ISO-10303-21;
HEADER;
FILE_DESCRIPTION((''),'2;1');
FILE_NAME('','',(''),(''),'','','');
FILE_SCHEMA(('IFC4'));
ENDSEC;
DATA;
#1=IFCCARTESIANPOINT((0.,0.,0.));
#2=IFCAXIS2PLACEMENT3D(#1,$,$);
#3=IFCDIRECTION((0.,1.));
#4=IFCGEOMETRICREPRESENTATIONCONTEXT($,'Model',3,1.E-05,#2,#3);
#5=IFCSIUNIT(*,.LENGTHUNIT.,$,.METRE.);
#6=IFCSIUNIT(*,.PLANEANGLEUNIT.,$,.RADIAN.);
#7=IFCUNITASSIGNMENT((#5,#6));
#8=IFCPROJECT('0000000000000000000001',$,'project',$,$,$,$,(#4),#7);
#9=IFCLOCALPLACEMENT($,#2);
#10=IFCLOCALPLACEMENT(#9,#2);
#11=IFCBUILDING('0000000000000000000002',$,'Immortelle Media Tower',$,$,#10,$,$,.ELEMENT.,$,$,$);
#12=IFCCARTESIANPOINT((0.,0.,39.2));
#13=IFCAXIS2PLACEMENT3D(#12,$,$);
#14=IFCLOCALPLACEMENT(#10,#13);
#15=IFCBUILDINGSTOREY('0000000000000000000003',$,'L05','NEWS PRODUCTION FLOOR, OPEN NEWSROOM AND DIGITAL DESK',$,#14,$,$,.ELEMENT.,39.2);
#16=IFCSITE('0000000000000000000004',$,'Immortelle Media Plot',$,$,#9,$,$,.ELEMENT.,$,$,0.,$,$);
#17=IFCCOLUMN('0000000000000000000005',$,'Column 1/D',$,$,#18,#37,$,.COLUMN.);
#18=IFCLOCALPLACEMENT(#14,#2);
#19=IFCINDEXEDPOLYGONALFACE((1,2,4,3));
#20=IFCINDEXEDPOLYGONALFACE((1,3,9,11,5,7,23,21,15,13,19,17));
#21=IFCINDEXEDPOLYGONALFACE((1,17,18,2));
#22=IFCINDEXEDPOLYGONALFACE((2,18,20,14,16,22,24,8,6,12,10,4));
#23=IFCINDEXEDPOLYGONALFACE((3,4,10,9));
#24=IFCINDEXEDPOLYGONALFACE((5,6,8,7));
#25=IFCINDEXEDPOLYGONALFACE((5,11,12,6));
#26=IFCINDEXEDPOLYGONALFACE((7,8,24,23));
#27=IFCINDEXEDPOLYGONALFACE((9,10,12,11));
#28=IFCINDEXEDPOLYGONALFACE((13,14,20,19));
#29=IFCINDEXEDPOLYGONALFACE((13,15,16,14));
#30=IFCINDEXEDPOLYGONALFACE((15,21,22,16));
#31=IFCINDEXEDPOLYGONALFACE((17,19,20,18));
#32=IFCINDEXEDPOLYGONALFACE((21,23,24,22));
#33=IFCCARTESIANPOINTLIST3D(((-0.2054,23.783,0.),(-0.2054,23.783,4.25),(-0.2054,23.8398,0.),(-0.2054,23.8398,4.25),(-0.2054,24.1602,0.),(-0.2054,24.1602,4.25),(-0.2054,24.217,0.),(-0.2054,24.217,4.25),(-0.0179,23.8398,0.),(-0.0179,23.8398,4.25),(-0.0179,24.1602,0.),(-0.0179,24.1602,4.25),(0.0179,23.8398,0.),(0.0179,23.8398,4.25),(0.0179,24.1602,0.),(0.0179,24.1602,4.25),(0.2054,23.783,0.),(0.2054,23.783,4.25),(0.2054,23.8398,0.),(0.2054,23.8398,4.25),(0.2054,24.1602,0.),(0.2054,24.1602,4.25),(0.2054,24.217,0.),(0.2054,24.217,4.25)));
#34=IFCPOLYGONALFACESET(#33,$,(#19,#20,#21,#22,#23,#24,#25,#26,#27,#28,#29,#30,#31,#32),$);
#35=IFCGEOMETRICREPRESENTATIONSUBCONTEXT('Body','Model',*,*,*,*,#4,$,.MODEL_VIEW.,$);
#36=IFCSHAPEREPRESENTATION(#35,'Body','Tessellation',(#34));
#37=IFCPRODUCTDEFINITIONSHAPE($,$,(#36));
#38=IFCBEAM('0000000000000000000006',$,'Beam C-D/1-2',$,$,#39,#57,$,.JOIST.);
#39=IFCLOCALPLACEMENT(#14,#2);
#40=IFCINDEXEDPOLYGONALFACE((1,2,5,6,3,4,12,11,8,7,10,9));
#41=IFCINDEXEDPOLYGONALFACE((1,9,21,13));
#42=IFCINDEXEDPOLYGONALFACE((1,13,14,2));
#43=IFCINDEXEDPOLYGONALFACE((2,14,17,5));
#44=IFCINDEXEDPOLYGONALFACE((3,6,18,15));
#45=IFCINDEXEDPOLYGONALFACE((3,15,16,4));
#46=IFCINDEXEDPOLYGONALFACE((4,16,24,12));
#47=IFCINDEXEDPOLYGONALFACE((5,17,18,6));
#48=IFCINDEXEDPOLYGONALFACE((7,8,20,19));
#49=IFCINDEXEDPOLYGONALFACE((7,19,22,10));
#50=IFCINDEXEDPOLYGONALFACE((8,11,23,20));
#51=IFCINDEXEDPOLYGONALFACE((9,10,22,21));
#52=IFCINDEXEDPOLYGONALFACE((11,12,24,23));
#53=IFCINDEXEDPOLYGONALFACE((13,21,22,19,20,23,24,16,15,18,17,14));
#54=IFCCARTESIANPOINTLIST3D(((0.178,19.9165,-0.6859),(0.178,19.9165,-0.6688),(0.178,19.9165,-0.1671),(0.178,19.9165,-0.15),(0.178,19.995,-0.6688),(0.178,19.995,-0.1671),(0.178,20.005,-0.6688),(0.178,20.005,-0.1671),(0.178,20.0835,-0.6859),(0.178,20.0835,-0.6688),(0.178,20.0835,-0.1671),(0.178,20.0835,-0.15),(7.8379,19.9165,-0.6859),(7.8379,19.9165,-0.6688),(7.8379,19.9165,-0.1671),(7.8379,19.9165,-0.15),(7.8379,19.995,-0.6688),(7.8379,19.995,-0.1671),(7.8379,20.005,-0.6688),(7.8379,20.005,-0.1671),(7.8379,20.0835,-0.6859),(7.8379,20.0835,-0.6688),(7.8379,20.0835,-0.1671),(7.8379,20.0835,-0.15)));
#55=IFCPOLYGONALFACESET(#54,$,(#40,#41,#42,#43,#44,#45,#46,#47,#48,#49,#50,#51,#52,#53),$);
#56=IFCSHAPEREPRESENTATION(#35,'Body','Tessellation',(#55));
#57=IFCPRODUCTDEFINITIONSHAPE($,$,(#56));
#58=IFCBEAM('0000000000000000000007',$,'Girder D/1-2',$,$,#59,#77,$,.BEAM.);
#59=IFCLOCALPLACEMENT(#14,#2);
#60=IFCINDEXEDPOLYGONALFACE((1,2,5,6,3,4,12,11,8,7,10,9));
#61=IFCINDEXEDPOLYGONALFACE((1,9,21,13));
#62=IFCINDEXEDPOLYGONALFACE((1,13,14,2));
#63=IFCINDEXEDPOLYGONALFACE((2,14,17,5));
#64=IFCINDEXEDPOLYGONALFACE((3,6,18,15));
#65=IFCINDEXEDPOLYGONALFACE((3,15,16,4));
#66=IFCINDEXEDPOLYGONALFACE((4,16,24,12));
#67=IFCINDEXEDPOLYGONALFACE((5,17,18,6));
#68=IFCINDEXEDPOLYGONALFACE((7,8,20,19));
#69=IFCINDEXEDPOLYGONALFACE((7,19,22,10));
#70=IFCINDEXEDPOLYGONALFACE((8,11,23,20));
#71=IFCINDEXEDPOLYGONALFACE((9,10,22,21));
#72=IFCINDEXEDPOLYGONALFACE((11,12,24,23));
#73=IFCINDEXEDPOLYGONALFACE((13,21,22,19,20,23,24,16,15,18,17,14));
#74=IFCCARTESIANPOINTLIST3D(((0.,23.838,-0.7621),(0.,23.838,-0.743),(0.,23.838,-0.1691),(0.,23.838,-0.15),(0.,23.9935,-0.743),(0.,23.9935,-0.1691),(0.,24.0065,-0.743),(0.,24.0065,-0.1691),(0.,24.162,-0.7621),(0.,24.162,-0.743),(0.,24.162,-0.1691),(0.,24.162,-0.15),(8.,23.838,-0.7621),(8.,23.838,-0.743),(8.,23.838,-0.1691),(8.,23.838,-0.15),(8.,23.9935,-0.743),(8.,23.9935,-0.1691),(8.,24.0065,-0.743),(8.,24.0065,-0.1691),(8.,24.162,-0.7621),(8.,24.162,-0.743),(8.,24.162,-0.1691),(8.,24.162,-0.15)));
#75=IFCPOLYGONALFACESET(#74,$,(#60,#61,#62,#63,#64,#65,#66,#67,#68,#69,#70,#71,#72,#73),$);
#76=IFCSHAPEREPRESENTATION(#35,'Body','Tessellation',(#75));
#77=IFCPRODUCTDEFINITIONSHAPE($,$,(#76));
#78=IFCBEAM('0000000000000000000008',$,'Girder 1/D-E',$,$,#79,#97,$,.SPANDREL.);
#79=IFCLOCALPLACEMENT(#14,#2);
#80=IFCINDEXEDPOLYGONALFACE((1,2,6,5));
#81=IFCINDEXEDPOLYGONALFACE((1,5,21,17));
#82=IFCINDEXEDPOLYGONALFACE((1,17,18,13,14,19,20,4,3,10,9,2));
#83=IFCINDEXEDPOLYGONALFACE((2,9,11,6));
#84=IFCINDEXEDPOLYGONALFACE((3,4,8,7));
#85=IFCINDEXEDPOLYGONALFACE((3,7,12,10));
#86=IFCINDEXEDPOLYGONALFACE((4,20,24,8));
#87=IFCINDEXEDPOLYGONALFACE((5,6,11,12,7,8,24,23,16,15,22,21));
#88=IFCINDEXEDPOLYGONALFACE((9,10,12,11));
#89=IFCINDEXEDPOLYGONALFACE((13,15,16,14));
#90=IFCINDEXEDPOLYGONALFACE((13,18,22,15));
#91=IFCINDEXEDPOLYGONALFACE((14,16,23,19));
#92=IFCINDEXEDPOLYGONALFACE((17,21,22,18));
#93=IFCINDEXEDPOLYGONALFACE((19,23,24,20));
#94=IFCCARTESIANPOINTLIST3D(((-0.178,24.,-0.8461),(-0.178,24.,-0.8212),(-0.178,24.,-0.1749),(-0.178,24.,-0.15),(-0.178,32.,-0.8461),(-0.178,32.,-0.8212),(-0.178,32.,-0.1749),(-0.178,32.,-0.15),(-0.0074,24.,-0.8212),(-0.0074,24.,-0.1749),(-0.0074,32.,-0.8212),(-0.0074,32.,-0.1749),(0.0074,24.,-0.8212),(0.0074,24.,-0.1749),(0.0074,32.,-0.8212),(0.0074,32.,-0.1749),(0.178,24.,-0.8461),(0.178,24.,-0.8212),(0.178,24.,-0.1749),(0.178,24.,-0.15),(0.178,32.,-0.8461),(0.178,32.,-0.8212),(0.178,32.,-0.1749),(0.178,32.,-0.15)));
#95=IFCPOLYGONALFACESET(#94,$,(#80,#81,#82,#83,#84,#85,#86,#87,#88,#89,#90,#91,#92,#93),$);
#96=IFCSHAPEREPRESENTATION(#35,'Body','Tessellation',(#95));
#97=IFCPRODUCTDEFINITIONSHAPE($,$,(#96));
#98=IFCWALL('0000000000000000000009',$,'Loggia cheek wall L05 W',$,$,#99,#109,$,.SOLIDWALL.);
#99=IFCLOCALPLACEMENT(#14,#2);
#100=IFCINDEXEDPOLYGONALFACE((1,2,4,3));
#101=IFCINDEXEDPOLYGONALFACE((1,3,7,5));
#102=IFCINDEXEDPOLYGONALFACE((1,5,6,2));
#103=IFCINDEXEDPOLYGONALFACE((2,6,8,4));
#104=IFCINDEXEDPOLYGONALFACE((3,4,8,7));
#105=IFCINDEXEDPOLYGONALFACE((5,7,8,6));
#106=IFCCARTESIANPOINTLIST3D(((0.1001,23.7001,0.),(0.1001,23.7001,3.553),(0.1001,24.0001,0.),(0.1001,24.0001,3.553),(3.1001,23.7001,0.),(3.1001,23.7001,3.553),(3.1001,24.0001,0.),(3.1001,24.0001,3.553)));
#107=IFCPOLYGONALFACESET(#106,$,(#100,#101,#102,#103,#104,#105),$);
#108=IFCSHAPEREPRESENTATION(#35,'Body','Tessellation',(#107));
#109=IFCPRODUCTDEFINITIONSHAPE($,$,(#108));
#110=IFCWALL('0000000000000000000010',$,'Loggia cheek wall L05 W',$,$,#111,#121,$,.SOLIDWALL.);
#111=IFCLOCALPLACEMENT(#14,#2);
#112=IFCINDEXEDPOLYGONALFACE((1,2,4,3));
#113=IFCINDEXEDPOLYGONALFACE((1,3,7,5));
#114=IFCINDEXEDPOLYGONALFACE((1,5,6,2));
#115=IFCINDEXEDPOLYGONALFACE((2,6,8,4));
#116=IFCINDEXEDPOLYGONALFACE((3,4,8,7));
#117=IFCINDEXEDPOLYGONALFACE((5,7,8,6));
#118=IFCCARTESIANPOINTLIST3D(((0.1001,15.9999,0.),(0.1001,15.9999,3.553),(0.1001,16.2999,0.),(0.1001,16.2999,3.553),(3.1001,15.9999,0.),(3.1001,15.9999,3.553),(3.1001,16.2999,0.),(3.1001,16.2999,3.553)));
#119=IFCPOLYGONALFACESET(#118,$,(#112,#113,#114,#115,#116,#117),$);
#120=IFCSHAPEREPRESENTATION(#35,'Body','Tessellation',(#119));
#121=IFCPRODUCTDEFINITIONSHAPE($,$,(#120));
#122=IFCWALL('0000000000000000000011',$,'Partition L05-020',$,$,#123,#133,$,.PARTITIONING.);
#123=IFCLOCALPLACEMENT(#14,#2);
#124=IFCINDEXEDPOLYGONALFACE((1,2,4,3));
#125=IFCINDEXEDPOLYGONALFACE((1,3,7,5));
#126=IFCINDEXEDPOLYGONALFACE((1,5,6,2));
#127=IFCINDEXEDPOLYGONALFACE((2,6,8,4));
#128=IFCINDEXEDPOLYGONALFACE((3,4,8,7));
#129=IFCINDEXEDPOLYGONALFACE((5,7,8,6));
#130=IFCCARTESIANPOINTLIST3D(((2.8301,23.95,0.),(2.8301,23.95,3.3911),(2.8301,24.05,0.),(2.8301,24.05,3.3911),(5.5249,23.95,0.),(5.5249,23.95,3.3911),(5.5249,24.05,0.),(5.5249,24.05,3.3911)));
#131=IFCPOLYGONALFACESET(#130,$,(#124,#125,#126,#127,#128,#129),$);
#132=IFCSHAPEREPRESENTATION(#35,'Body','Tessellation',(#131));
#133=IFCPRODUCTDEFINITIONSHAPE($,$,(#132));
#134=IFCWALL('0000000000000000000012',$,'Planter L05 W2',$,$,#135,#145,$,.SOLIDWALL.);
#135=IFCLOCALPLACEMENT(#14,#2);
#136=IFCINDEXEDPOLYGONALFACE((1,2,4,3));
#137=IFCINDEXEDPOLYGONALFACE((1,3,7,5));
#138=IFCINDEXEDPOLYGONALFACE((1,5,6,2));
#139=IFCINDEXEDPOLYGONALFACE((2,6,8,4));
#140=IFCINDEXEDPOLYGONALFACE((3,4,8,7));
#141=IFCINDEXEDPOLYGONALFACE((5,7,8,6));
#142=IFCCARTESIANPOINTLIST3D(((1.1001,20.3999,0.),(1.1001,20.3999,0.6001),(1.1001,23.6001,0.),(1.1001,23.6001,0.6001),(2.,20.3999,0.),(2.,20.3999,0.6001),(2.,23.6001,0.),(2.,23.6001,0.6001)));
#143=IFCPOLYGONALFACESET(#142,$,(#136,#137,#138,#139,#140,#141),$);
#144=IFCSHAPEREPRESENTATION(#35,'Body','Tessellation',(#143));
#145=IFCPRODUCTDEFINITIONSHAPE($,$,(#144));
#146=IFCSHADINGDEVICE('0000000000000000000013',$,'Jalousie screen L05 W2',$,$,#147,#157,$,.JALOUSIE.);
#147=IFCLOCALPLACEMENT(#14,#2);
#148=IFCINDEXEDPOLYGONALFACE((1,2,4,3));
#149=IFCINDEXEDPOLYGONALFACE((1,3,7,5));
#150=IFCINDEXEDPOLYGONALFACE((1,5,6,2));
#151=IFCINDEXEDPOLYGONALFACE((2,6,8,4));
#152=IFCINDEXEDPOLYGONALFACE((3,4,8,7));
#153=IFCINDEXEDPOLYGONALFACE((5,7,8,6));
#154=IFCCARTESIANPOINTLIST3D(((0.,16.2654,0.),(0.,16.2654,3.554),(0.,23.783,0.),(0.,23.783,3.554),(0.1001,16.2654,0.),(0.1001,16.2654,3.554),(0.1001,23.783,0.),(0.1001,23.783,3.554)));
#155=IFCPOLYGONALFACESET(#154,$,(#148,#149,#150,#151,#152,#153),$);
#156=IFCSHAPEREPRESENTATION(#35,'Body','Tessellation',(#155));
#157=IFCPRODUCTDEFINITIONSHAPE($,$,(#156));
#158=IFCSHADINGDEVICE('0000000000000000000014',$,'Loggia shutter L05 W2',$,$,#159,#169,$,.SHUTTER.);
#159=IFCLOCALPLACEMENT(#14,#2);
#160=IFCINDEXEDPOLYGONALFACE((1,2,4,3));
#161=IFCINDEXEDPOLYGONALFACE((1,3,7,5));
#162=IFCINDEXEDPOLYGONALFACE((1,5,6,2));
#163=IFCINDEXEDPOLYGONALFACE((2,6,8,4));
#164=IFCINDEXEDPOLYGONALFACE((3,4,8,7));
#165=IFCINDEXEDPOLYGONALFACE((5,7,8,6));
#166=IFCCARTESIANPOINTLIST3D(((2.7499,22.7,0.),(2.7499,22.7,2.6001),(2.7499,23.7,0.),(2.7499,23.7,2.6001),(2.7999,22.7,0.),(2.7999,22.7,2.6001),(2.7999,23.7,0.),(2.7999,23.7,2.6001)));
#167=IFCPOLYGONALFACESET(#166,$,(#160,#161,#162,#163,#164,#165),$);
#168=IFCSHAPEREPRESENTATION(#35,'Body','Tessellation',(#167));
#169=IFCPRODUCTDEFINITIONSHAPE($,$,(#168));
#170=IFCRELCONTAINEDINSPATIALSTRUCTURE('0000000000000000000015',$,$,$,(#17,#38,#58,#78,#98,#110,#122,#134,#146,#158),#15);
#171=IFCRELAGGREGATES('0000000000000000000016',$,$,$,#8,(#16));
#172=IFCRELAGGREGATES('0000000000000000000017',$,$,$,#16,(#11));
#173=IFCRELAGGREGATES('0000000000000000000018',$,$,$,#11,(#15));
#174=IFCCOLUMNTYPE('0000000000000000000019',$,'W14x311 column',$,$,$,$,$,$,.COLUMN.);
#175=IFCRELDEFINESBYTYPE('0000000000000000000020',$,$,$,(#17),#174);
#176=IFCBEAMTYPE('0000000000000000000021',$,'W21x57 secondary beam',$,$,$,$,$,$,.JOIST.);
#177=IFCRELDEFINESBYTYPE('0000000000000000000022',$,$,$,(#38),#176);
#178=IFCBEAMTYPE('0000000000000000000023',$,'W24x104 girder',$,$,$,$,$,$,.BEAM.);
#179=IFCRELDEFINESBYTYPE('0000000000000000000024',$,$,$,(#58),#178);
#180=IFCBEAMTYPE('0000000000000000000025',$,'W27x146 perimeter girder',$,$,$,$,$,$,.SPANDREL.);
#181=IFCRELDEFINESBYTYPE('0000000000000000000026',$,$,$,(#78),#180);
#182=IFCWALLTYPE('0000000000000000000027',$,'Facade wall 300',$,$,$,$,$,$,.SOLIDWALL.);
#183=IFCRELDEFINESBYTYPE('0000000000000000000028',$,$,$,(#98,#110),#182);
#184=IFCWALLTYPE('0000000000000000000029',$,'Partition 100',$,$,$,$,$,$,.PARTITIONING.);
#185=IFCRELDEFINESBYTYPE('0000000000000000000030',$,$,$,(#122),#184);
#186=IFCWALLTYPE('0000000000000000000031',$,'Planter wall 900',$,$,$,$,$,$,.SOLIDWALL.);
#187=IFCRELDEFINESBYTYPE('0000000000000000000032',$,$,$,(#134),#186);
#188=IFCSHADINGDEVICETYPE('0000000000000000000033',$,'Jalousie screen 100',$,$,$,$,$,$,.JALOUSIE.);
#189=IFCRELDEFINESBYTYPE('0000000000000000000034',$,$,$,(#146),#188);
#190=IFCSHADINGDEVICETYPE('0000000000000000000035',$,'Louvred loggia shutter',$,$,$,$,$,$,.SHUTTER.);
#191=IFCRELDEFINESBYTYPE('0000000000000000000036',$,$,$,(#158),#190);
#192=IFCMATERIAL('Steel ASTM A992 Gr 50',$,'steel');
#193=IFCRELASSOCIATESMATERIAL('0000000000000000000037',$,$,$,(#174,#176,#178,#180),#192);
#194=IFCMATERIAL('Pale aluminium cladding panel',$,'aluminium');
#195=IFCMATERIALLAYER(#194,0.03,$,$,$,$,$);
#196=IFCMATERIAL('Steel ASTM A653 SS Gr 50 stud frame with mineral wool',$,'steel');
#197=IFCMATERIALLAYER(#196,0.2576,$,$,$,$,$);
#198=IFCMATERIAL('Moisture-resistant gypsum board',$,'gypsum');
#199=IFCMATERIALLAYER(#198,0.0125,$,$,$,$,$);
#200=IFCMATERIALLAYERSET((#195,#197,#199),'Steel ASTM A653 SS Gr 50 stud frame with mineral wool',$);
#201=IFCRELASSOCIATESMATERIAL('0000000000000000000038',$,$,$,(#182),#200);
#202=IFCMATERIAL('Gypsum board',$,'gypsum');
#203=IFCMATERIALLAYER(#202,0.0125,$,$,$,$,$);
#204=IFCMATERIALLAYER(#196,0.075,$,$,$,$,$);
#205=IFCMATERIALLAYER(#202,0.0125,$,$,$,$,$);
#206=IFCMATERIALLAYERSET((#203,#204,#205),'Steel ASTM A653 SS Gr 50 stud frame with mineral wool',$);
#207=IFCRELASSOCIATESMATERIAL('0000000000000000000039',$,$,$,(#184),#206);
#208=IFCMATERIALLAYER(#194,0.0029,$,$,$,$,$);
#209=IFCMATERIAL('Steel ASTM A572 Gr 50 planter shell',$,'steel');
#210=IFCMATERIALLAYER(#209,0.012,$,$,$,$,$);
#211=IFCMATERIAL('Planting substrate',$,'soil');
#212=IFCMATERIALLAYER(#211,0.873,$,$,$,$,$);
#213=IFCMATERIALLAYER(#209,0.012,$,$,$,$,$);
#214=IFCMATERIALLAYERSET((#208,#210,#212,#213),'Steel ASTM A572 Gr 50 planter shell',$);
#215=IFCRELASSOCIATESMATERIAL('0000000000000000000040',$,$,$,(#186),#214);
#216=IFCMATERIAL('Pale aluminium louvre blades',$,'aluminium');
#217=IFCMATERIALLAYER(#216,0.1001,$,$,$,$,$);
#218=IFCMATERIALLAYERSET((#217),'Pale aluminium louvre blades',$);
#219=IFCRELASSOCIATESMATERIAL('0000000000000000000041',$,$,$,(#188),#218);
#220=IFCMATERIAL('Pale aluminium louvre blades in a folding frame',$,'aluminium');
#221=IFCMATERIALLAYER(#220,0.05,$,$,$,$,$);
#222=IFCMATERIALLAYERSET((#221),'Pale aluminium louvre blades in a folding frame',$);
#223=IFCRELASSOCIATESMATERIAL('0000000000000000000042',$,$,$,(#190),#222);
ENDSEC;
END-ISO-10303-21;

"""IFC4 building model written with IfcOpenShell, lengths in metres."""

from ifc_helpers import new_model, si_unit, direction, frame, frame_2d, origin, origin_2d, place, context, subcontext, project, spatial, rectangle, i_section, extrude, material, layer, layer_set, material_profile, profile_set, type_object, element, save


model = new_model("IFC4")

# Units and contexts
model_context = context("Model", 3, precision=1e-05, world=origin(), true_north=direction((0.0, 1.0)))
body_context = subcontext(model_context, "Body", "Model", "MODEL_VIEW")
ifc_project = project(units=[si_unit("LENGTHUNIT", "METRE"), si_unit("PLANEANGLEUNIT", "RADIAN")], contexts=[model_context])

# Site, building, storey
site_placement = place(None, origin())
site = spatial("IfcSite", under=ifc_project, at=site_placement, Name="Immortelle Media Plot", CompositionType="ELEMENT", RefElevation=0.0)
building_placement = place(site_placement, origin())
building = spatial("IfcBuilding", under=site, at=building_placement, Name="Immortelle Media Tower", CompositionType="ELEMENT")
storey_placement = place(building_placement, frame((0.0, 0.0, 39.2)))
storey = spatial("IfcBuildingStorey", under=building, at=storey_placement, Name="L05", Description="NEWS PRODUCTION FLOOR, OPEN NEWSROOM AND DIGITAL DESK", CompositionType="ELEMENT", Elevation=39.2)

# Column
ifc_material_1 = material(Name="Steel ASTM A992 Gr 50", Category="steel")
ifc_material_profile_1 = material_profile(ifc_material_1, i_section(OverallWidth=0.4109, OverallDepth=0.4341, WebThickness=0.0359, FlangeThickness=0.0569, at=origin_2d()), Name="W14x311")
ifc_profile_set_1 = profile_set([ifc_material_profile_1], Name="Steel ASTM A992 Gr 50")
column_type = type_object("IfcColumnType", Name="W14x311 column", PredefinedType="COLUMN", material=ifc_profile_set_1)
column_placement = place(storey_placement, frame((0.0, 24.0, 0.0), z_axis=(0.0, 0.0, 1.0), x_axis=(1.0, 0.0, 0.0)))
element("IfcColumn", 1, at=column_placement, inside=storey, type_object=column_type, Name="Column 1/D", PredefinedType="COLUMN", context=body_context, shape_type="SweptSolid", body=[
    extrude(i_section(OverallWidth=0.4109, OverallDepth=0.4341, WebThickness=0.0359, FlangeThickness=0.0569, at=origin_2d()), origin(), (0.0, 0.0, 1.0), 4.25),
])

# Beams
ifc_material_profile_2 = material_profile(ifc_material_1, i_section(OverallWidth=0.167, OverallDepth=0.5359, WebThickness=0.01, FlangeThickness=0.0171, at=origin_2d()), Name="W21x57")
ifc_profile_set_2 = profile_set([ifc_material_profile_2], Name="Steel ASTM A992 Gr 50")
beam_type_1 = type_object("IfcBeamType", Name="W21x57 secondary beam", PredefinedType="JOIST", material=ifc_profile_set_2)
beam_1_placement = place(storey_placement, frame((0.178, 20.0, -0.418), z_axis=(1.0, 0.0, 0.0), x_axis=(0.0, 1.0, 0.0)))
element("IfcBeam", 2, at=beam_1_placement, inside=storey, type_object=beam_type_1, Name="Beam C-D/1-2", PredefinedType="JOIST", context=body_context, shape_type="SweptSolid", body=[
    extrude(i_section(OverallWidth=0.167, OverallDepth=0.5359, WebThickness=0.01, FlangeThickness=0.0171, at=origin_2d()), origin(), (0.0, 0.0, 1.0), 7.6599),
])
ifc_material_profile_3 = material_profile(ifc_material_1, i_section(OverallWidth=0.324, OverallDepth=0.6121, WebThickness=0.0129, FlangeThickness=0.019, at=origin_2d()), Name="W24x104")
ifc_profile_set_3 = profile_set([ifc_material_profile_3], Name="Steel ASTM A992 Gr 50")
beam_type_2 = type_object("IfcBeamType", Name="W24x104 girder", PredefinedType="BEAM", material=ifc_profile_set_3)
beam_2_placement = place(storey_placement, frame((0.0, 24.0, -0.4561), z_axis=(1.0, 0.0, 0.0), x_axis=(0.0, 1.0, 0.0)))
element("IfcBeam", 3, at=beam_2_placement, inside=storey, type_object=beam_type_2, Name="Girder D/1-2", PredefinedType="BEAM", context=body_context, shape_type="SweptSolid", body=[
    extrude(i_section(OverallWidth=0.324, OverallDepth=0.6121, WebThickness=0.0129, FlangeThickness=0.019, at=origin_2d()), origin(), (0.0, 0.0, 1.0), 8.0),
])
ifc_material_profile_4 = material_profile(ifc_material_1, i_section(OverallWidth=0.356, OverallDepth=0.696, WebThickness=0.0149, FlangeThickness=0.0249, at=origin_2d()), Name="W27x146")
ifc_profile_set_4 = profile_set([ifc_material_profile_4], Name="Steel ASTM A992 Gr 50")
beam_type_3 = type_object("IfcBeamType", Name="W27x146 perimeter girder", PredefinedType="SPANDREL", material=ifc_profile_set_4)
beam_3_placement = place(storey_placement, frame((0.0, 24.0, -0.498), z_axis=(0.0, 1.0, 0.0), x_axis=(-1.0, 0.0, 0.0)))
element("IfcBeam", 4, at=beam_3_placement, inside=storey, type_object=beam_type_3, Name="Girder 1/D-E", PredefinedType="SPANDREL", context=body_context, shape_type="SweptSolid", body=[
    extrude(i_section(OverallWidth=0.356, OverallDepth=0.696, WebThickness=0.0149, FlangeThickness=0.0249, at=origin_2d()), origin(), (0.0, 0.0, 1.0), 8.0),
])

# Shared definitions
ifc_material_2 = material(Name="Pale aluminium cladding panel", Category="aluminium")
ifc_layer_1 = layer(ifc_material_2, 0.03)
ifc_material_3 = material(Name="Steel ASTM A653 SS Gr 50 stud frame with mineral wool", Category="steel")
ifc_layer_2 = layer(ifc_material_3, 0.2576)
ifc_material_4 = material(Name="Moisture-resistant gypsum board", Category="gypsum")
ifc_layer_3 = layer(ifc_material_4, 0.0125)
ifc_layer_set_1 = layer_set([ifc_layer_1, ifc_layer_2, ifc_layer_3], Name="Steel ASTM A653 SS Gr 50 stud frame with mineral wool")
wall_type_1 = type_object("IfcWallType", Name="Facade wall 300", PredefinedType="SOLIDWALL", material=ifc_layer_set_1)

# Walls
for number, where, z_axis, x_axis, name in (
    (5, (0.1001, 23.8501, 0.0), (0.0, 0.0, 1.0), (1.0, 0.0, 0.0), "Loggia cheek wall L05 W"),
    (6, (0.1001, 16.1499, 0.0), (0.0, 0.0, 1.0), (1.0, 0.0, 0.0), "Loggia cheek wall L05 W"),
):
    element("IfcWall", number, at=place(storey_placement, frame(where, z_axis=z_axis, x_axis=x_axis)), inside=storey, type_object=wall_type_1, Name=name, PredefinedType="SOLIDWALL", context=body_context, shape_type="SweptSolid", body=[
        extrude(rectangle(XDim=3.0, YDim=0.3, at=frame_2d((1.5, 0.0))), origin(), (0.0, 0.0, 1.0), 3.553),
    ])
ifc_material_5 = material(Name="Gypsum board", Category="gypsum")
ifc_layer_4 = layer(ifc_material_5, 0.0125)
ifc_layer_5 = layer(ifc_material_3, 0.075)
ifc_layer_6 = layer(ifc_material_5, 0.0125)
ifc_layer_set_2 = layer_set([ifc_layer_4, ifc_layer_5, ifc_layer_6], Name="Steel ASTM A653 SS Gr 50 stud frame with mineral wool")
wall_type_2 = type_object("IfcWallType", Name="Partition 100", PredefinedType="PARTITIONING", material=ifc_layer_set_2)
wall_1_placement = place(storey_placement, frame((2.8301, 24.0, 0.0), z_axis=(0.0, 0.0, 1.0), x_axis=(1.0, 0.0, 0.0)))
element("IfcWall", 7, at=wall_1_placement, inside=storey, type_object=wall_type_2, Name="Partition L05-020", PredefinedType="PARTITIONING", context=body_context, shape_type="SweptSolid", body=[
    extrude(rectangle(XDim=2.6948, YDim=0.1001, at=frame_2d((1.3474, 0.0))), origin(), (0.0, 0.0, 1.0), 3.3911),
])
ifc_layer_7 = layer(ifc_material_2, 0.0029)
ifc_material_6 = material(Name="Steel ASTM A572 Gr 50 planter shell", Category="steel")
ifc_layer_8 = layer(ifc_material_6, 0.012)
ifc_material_7 = material(Name="Planting substrate", Category="soil")
ifc_layer_9 = layer(ifc_material_7, 0.873)
ifc_layer_10 = layer(ifc_material_6, 0.012)
ifc_layer_set_3 = layer_set([ifc_layer_7, ifc_layer_8, ifc_layer_9, ifc_layer_10], Name="Steel ASTM A572 Gr 50 planter shell")
wall_type_3 = type_object("IfcWallType", Name="Planter wall 900", PredefinedType="SOLIDWALL", material=ifc_layer_set_3)
wall_2_placement = place(storey_placement, frame((1.55, 23.6001, 0.0), z_axis=(0.0, 0.0, 1.0), x_axis=(0.0, -1.0, 0.0)))
element("IfcWall", 8, at=wall_2_placement, inside=storey, type_object=wall_type_3, Name="Planter L05 W2", PredefinedType="SOLIDWALL", context=body_context, shape_type="SweptSolid", body=[
    extrude(rectangle(XDim=3.2002, YDim=0.8999, at=frame_2d((1.6001, 0.0))), origin(), (0.0, 0.0, 1.0), 0.6001),
])

# Shading devices
ifc_material_8 = material(Name="Pale aluminium louvre blades", Category="aluminium")
ifc_layer_11 = layer(ifc_material_8, 0.1001)
ifc_layer_set_4 = layer_set([ifc_layer_11], Name="Pale aluminium louvre blades")
shading_device_type_1 = type_object("IfcShadingDeviceType", Name="Jalousie screen 100", PredefinedType="JALOUSIE", material=ifc_layer_set_4)
shading_device_1_placement = place(storey_placement, frame((0.05, 20.0242, 0.0), z_axis=(0.0, 0.0, 1.0), x_axis=(0.0, -1.0, 0.0)))
element("IfcShadingDevice", 9, at=shading_device_1_placement, inside=storey, type_object=shading_device_type_1, Name="Jalousie screen L05 W2", PredefinedType="JALOUSIE", context=body_context, shape_type="SweptSolid", body=[
    extrude(rectangle(XDim=7.5176, YDim=0.1001, at=origin_2d()), origin(), (0.0, 0.0, 1.0), 3.554),
])
ifc_material_9 = material(Name="Pale aluminium louvre blades in a folding frame", Category="aluminium")
ifc_layer_12 = layer(ifc_material_9, 0.05)
ifc_layer_set_5 = layer_set([ifc_layer_12], Name="Pale aluminium louvre blades in a folding frame")
shading_device_type_2 = type_object("IfcShadingDeviceType", Name="Louvred loggia shutter", PredefinedType="SHUTTER", material=ifc_layer_set_5)
shading_device_2_placement = place(storey_placement, frame((2.7749, 23.2, 0.0), z_axis=(0.0, 0.0, 1.0), x_axis=(0.0, -1.0, 0.0)))
element("IfcShadingDevice", 10, at=shading_device_2_placement, inside=storey, type_object=shading_device_type_2, Name="Loggia shutter L05 W2", PredefinedType="SHUTTER", context=body_context, shape_type="SweptSolid", body=[
    extrude(rectangle(XDim=1.0, YDim=0.05, at=origin_2d()), origin(), (0.0, 0.0, 1.0), 2.6001),
])

save(model, "model.ifc")
